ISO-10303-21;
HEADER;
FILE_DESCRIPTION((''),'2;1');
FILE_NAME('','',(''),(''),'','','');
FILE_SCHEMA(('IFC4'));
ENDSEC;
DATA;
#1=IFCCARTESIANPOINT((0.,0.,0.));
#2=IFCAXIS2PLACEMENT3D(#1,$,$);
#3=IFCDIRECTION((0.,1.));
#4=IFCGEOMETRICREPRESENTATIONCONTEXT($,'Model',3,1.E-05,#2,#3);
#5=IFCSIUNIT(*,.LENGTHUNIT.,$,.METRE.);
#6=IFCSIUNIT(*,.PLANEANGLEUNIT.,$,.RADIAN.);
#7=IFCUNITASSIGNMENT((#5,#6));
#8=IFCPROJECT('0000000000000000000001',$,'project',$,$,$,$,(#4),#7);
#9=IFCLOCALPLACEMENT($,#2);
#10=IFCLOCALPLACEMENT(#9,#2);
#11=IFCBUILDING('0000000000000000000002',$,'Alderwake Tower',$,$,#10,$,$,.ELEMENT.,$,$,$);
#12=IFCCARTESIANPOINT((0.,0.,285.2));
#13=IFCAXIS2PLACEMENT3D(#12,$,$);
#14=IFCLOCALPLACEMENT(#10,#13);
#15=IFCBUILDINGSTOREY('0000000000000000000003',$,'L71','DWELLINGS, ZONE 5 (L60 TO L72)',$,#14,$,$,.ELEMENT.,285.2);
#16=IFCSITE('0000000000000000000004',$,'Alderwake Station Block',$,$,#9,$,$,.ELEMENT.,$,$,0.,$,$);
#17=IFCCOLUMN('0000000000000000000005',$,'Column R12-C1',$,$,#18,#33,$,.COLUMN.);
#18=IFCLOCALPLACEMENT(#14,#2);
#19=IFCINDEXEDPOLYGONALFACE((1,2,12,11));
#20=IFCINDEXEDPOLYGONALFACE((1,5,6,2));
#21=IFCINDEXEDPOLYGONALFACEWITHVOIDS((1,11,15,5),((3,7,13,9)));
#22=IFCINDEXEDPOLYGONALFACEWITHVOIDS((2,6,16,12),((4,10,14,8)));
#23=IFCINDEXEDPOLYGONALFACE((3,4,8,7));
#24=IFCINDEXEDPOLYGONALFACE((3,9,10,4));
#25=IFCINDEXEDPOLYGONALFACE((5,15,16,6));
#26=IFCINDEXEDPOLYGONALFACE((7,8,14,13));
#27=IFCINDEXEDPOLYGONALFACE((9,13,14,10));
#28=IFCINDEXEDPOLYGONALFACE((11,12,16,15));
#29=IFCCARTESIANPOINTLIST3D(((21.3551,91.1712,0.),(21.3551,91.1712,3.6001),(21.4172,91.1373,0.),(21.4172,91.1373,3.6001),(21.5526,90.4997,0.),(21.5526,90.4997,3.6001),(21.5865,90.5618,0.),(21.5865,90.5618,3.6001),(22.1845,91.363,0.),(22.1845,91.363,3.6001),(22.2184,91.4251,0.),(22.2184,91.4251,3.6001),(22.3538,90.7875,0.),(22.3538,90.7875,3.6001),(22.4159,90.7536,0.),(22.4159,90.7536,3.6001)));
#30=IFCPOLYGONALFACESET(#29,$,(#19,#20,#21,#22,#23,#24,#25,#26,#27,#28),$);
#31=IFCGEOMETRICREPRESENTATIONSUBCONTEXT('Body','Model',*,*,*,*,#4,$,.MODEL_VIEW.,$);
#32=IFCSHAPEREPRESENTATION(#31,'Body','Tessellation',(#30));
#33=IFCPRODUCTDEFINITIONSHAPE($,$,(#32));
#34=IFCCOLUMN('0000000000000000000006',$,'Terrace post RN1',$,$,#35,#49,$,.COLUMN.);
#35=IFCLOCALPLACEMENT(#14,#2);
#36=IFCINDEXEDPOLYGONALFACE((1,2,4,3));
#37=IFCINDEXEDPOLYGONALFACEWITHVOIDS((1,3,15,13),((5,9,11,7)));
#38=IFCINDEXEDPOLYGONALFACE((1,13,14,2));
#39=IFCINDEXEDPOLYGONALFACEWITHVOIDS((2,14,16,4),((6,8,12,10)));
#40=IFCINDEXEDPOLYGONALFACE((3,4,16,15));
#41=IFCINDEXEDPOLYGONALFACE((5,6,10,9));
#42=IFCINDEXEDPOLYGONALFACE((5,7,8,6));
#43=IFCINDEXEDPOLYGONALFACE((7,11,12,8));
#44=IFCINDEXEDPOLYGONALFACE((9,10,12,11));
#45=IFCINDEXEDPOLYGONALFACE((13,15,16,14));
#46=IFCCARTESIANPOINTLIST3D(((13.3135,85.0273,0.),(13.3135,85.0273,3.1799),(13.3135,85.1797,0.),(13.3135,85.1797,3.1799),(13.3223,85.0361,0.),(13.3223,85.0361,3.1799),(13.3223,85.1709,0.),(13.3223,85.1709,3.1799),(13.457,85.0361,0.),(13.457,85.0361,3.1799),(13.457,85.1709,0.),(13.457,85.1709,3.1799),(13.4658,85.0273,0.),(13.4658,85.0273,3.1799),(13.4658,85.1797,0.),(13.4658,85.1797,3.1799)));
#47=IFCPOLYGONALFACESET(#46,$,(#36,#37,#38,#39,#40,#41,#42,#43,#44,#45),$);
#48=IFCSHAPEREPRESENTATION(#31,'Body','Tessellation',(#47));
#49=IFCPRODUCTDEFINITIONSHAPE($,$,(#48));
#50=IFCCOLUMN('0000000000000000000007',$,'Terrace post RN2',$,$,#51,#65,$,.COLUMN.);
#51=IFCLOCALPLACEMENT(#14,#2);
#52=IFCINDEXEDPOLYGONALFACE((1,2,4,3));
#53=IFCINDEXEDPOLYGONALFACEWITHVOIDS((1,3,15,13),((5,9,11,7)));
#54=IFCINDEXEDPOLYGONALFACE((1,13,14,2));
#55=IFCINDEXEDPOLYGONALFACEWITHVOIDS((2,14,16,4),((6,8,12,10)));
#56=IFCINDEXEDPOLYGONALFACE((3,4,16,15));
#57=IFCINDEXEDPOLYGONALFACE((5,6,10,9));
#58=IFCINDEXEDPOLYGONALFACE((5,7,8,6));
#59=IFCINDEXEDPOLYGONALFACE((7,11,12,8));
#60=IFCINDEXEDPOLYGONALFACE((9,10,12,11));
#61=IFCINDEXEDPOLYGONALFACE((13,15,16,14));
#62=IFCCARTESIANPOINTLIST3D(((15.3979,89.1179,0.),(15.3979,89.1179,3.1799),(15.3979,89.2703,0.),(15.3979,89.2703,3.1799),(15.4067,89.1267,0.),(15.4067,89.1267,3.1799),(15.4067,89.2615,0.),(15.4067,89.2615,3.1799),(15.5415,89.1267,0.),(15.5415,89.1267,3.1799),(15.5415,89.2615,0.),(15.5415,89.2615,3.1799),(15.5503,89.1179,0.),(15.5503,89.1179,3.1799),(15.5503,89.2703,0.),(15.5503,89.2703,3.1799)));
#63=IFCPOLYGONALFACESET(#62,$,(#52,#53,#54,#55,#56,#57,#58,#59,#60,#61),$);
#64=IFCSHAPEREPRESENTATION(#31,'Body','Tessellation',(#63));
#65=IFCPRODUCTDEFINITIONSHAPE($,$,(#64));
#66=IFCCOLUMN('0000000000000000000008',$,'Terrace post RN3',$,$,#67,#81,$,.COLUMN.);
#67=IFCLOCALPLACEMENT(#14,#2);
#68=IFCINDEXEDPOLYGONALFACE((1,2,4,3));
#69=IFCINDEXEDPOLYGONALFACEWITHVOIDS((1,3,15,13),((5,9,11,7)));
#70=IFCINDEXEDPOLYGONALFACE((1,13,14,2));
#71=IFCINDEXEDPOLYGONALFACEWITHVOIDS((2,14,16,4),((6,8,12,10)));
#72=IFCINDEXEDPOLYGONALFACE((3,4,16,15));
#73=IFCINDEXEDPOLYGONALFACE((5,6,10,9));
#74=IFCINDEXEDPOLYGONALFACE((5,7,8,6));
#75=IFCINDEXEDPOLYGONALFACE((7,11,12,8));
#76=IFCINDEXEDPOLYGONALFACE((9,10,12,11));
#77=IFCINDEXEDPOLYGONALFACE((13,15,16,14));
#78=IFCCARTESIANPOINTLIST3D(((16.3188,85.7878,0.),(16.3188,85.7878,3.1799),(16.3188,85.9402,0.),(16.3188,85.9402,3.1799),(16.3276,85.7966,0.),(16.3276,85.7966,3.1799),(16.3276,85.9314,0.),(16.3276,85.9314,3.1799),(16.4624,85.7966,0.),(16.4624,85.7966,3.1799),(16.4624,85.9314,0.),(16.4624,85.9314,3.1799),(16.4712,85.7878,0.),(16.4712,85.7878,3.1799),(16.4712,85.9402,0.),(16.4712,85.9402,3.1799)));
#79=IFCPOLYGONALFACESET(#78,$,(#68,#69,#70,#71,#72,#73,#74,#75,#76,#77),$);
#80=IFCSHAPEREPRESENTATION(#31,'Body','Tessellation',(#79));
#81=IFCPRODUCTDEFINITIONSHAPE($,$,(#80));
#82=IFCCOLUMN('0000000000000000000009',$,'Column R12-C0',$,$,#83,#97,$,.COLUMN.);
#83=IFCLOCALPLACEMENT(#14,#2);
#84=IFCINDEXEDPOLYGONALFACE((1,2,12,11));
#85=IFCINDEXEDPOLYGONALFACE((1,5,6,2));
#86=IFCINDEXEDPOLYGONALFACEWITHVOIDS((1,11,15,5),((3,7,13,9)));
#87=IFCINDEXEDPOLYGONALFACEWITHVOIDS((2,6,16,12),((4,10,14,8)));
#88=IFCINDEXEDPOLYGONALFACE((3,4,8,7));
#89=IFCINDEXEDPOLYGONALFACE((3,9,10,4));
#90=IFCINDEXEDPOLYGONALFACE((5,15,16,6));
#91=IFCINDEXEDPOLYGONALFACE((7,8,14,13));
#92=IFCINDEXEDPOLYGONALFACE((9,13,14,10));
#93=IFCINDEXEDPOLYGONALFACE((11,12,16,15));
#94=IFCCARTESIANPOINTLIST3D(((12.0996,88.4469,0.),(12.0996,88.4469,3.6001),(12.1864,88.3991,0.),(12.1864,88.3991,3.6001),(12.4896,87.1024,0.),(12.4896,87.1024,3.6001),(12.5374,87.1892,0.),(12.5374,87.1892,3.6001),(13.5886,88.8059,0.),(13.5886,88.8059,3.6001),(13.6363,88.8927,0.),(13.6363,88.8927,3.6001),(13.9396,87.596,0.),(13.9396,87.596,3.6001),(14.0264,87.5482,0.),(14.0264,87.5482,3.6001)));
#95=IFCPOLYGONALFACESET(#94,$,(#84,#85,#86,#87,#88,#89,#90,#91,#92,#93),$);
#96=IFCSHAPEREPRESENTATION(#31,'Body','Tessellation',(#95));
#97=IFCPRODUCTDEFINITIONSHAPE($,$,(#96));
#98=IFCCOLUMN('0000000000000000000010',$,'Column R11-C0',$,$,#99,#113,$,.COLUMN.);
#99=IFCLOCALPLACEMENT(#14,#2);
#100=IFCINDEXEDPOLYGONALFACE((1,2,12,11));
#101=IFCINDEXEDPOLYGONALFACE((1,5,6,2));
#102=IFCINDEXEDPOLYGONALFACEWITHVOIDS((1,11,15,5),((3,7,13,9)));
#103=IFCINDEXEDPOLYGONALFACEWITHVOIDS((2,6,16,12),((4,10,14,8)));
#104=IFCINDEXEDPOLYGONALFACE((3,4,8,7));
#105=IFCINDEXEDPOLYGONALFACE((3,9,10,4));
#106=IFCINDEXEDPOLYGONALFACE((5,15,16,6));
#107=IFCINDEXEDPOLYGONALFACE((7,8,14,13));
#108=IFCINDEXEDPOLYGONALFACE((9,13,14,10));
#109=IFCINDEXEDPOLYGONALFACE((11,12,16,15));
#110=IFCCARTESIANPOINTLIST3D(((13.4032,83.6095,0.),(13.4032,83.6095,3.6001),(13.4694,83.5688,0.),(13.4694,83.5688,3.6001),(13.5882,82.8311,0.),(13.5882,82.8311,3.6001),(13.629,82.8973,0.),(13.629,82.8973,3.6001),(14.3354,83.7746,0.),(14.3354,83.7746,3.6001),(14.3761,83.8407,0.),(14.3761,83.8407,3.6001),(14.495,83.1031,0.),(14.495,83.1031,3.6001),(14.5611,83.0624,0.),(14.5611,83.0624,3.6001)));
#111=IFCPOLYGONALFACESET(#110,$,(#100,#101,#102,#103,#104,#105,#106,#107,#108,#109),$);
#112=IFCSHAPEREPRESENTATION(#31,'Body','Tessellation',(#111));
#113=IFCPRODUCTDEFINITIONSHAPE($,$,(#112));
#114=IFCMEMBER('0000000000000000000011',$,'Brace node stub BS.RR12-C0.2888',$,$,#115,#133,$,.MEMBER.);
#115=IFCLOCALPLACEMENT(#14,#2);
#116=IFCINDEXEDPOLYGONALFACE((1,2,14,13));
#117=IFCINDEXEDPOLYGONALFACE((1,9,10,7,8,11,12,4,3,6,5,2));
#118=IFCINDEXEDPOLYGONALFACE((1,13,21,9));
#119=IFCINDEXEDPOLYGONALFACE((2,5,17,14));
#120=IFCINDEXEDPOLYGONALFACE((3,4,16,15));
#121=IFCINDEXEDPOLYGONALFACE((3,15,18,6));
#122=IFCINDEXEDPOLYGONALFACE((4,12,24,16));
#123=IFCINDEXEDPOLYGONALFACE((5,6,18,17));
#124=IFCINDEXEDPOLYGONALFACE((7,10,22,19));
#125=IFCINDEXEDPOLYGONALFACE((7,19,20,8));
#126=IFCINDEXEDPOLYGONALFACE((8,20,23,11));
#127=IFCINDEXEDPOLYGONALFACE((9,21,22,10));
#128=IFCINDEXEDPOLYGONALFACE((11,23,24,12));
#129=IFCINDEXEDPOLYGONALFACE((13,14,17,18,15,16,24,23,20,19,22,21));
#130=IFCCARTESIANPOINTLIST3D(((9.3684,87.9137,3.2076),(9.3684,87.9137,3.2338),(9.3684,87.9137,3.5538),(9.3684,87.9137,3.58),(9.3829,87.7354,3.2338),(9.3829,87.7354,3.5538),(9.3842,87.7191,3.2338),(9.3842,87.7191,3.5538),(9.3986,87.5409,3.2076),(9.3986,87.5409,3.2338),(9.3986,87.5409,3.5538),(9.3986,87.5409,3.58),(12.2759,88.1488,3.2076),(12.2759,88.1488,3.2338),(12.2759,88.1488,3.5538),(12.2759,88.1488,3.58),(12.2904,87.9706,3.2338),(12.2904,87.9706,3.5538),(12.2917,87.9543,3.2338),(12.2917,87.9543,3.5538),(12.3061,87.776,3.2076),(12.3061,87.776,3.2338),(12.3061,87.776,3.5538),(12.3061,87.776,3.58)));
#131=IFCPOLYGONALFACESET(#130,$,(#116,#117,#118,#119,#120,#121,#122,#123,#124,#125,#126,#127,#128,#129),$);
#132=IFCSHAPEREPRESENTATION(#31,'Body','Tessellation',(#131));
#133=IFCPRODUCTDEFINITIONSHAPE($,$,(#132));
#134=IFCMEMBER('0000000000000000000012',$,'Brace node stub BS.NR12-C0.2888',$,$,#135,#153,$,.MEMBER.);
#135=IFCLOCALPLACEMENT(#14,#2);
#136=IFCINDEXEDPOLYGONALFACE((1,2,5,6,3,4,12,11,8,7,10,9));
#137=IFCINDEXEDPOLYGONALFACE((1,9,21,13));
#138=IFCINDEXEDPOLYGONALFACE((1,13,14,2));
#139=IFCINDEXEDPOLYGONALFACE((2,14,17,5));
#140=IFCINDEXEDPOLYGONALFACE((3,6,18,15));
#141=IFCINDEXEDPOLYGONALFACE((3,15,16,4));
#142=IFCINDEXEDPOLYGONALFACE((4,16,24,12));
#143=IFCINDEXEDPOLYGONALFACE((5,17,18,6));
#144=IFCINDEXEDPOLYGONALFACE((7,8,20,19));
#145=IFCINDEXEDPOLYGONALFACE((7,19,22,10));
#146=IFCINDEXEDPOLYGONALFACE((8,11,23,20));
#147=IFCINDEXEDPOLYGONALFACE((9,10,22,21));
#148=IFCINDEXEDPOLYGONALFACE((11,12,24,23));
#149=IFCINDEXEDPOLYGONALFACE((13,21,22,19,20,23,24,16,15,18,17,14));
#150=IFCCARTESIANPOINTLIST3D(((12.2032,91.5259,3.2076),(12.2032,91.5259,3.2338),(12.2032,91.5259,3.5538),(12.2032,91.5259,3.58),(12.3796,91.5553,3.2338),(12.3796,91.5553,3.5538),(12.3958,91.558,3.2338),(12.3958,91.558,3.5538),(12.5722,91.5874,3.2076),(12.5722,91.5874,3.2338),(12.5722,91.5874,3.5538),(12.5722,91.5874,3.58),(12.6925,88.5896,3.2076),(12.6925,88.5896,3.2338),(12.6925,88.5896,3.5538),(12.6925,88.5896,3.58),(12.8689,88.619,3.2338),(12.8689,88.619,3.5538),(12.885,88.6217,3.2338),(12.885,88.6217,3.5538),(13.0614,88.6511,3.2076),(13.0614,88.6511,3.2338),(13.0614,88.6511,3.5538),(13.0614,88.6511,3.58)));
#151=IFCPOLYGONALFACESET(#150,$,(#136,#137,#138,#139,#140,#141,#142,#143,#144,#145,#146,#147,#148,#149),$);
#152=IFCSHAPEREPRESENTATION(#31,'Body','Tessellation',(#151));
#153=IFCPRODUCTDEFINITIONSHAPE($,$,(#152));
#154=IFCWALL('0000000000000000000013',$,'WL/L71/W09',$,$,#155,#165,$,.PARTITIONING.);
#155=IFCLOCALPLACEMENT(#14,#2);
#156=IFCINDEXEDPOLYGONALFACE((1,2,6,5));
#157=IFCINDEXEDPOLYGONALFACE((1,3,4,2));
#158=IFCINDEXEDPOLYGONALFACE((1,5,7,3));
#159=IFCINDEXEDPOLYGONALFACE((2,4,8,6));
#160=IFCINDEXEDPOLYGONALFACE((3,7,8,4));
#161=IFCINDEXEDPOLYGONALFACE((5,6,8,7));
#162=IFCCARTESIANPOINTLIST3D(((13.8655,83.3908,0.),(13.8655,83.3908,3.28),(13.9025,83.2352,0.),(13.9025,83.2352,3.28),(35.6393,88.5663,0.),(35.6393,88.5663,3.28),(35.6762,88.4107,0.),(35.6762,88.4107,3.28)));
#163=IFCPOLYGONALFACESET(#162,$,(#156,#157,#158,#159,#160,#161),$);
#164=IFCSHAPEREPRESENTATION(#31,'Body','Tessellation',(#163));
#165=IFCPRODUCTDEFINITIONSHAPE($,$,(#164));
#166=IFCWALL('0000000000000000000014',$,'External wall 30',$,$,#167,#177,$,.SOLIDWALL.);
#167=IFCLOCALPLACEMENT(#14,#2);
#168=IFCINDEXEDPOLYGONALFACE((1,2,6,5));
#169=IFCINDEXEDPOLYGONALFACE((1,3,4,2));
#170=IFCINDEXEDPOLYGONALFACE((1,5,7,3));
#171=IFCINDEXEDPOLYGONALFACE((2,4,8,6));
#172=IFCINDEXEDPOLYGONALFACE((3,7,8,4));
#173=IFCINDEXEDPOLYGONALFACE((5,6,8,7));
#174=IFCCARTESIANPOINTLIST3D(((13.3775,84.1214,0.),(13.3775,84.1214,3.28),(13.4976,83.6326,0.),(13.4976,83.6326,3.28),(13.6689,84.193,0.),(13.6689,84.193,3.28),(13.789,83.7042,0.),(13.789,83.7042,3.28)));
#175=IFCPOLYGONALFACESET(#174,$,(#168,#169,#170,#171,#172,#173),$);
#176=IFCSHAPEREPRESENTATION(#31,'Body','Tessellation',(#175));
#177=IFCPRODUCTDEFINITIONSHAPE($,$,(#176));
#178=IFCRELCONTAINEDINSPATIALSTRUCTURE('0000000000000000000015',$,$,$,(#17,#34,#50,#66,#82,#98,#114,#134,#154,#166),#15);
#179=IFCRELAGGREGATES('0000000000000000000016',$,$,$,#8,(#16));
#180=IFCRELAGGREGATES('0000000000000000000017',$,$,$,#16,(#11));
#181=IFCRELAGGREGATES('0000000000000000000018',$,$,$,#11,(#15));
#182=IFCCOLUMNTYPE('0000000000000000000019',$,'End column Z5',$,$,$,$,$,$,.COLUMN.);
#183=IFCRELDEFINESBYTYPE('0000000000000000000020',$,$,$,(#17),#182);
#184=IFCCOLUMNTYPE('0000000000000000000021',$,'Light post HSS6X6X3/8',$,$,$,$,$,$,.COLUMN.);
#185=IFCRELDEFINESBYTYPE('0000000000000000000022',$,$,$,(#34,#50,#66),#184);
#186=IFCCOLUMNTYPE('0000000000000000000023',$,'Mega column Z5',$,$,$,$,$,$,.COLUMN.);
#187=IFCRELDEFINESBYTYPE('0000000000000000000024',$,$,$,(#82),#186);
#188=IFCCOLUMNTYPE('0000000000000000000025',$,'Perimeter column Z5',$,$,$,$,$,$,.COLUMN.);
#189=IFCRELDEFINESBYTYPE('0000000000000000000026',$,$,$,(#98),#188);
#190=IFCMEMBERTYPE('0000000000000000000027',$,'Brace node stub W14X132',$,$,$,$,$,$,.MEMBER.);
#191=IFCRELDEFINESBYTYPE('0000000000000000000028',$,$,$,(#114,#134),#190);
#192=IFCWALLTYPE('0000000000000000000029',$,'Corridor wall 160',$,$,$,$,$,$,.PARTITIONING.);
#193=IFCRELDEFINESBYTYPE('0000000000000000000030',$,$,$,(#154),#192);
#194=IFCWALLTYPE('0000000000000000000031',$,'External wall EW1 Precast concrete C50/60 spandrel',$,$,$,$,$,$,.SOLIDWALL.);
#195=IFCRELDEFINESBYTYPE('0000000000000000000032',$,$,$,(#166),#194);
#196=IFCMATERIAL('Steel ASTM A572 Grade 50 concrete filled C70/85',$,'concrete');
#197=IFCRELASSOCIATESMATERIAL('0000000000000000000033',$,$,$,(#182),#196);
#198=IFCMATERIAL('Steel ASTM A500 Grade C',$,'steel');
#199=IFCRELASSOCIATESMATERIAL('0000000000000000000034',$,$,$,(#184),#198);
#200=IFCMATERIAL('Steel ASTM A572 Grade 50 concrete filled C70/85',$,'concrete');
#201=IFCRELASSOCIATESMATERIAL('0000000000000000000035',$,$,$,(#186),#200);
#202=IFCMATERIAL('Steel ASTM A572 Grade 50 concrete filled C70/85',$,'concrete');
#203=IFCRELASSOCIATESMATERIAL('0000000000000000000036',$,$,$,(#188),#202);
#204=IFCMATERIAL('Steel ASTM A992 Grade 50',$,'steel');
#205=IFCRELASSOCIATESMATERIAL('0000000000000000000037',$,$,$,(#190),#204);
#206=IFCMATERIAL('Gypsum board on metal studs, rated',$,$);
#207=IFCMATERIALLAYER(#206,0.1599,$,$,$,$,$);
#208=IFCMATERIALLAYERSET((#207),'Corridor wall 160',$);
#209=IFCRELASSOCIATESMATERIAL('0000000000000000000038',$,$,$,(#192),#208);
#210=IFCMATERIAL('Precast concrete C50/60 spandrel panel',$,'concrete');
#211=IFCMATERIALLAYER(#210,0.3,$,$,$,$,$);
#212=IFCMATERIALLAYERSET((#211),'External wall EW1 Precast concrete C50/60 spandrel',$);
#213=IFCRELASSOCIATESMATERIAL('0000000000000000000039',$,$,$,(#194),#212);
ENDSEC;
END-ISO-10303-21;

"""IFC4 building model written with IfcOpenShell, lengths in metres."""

from ifc_helpers import new_model, si_unit, direction, frame, frame_2d, origin, origin_2d, place, context, subcontext, project, spatial, rectangle, hollow_rectangle, i_section, extrude, material, layer, layer_set, material_profile, profile_set, type_object, element, save


model = new_model("IFC4")

# Units and contexts
model_context = context("Model", 3, precision=1e-05, world=origin(), true_north=direction((0.0, 1.0)))
body_context = subcontext(model_context, "Body", "Model", "MODEL_VIEW")
ifc_project = project(units=[si_unit("LENGTHUNIT", "METRE"), si_unit("PLANEANGLEUNIT", "RADIAN")], contexts=[model_context])

# Site, building, storey
site_placement = place(None, origin())
site = spatial("IfcSite", under=ifc_project, at=site_placement, Name="Alderwake Station Block", CompositionType="ELEMENT", RefElevation=0.0)
building_placement = place(site_placement, origin())
building = spatial("IfcBuilding", under=site, at=building_placement, Name="Alderwake Tower", CompositionType="ELEMENT")
storey_placement = place(building_placement, frame((0.0, 0.0, 285.2)))
storey = spatial("IfcBuildingStorey", under=building, at=storey_placement, Name="L71", Description="DWELLINGS, ZONE 5 (L60 TO L72)", CompositionType="ELEMENT", Elevation=285.2)

# Columns
ifc_material_1 = material(Name="Steel ASTM A572 Grade 50 concrete filled C70/85", Category="concrete")
ifc_material_profile_1 = material_profile(ifc_material_1, hollow_rectangle(XDim=0.7, YDim=0.8999, WallThickness=0.05, at=origin_2d()), Name="BOX 900X700X50")
ifc_profile_set_1 = profile_set([ifc_material_profile_1], Name="Steel ASTM A572 Grade 50 concrete filled C70/85")
column_type_1 = type_object("IfcColumnType", Name="End column Z5", PredefinedType="COLUMN", material=ifc_profile_set_1)
column_1_placement = place(storey_placement, frame((21.8855, 90.9624, 0.0), z_axis=(0.0, 0.0, 1.0), x_axis=(-0.282132, 0.959376, 0.0)))
element("IfcColumn", 1, at=column_1_placement, inside=storey, type_object=column_type_1, Name="Column R12-C1", PredefinedType="COLUMN", context=body_context, shape_type="SweptSolid", body=[
    extrude(hollow_rectangle(XDim=0.7, YDim=0.8999, WallThickness=0.05, at=origin_2d()), origin(), (0.0, 0.0, 1.0), 3.6001),
])
ifc_material_2 = material(Name="Steel ASTM A500 Grade C", Category="steel")
ifc_material_profile_2 = material_profile(ifc_material_2, hollow_rectangle(XDim=0.1523, YDim=0.1523, WallThickness=0.0088, at=origin_2d()), Name="HSS6X6X3/8")
ifc_profile_set_2 = profile_set([ifc_material_profile_2], Name="Steel ASTM A500 Grade C")
column_type_2 = type_object("IfcColumnType", Name="Light post HSS6X6X3/8", PredefinedType="COLUMN", material=ifc_profile_set_2)
for number, where, z_axis, x_axis, name in (
    (2, (13.3896, 85.1035, 0.0), (0.0, 0.0, 1.0), (1.0, 0.0, 0.0), "Terrace post RN1"),
    (3, (15.4741, 89.1941, 0.0), (0.0, 0.0, 1.0), (1.0, 0.0, 0.0), "Terrace post RN2"),
    (4, (16.395, 85.864, 0.0), (0.0, 0.0, 1.0), (1.0, 0.0, 0.0), "Terrace post RN3"),
):
    element("IfcColumn", number, at=place(storey_placement, frame(where, z_axis=z_axis, x_axis=x_axis)), inside=storey, type_object=column_type_2, Name=name, PredefinedType="COLUMN", context=body_context, shape_type="SweptSolid", body=[
        extrude(hollow_rectangle(XDim=0.1523, YDim=0.1523, WallThickness=0.0088, at=origin_2d()), origin(), (0.0, 0.0, 1.0), 3.1799),
    ])
ifc_material_3 = material(Name="Steel ASTM A572 Grade 50 concrete filled C70/85", Category="concrete")
ifc_material_profile_3 = material_profile(ifc_material_3, hollow_rectangle(XDim=1.3999, YDim=1.6001, WallThickness=0.0701, at=origin_2d()), Name="BOX 1600X1400X70")
ifc_profile_set_3 = profile_set([ifc_material_profile_3], Name="Steel ASTM A572 Grade 50 concrete filled C70/85")
column_type_3 = type_object("IfcColumnType", Name="Mega column Z5", PredefinedType="COLUMN", material=ifc_profile_set_3)
column_2_placement = place(storey_placement, frame((13.063, 87.9976, 0.0), z_axis=(0.0, 0.0, 1.0), x_axis=(-0.278612, 0.960404, 0.0)))
element("IfcColumn", 5, at=column_2_placement, inside=storey, type_object=column_type_3, Name="Column R12-C0", PredefinedType="COLUMN", context=body_context, shape_type="SweptSolid", body=[
    extrude(hollow_rectangle(XDim=1.3999, YDim=1.6001, WallThickness=0.0701, at=origin_2d()), origin(), (0.0, 0.0, 1.0), 3.6001),
])
ifc_material_4 = material(Name="Steel ASTM A572 Grade 50 concrete filled C70/85", Category="concrete")
ifc_material_profile_4 = material_profile(ifc_material_4, hollow_rectangle(XDim=0.8, YDim=1.0, WallThickness=0.0549, at=origin_2d()), Name="BOX 1000X800X55")
ifc_profile_set_4 = profile_set([ifc_material_profile_4], Name="Steel ASTM A572 Grade 50 concrete filled C70/85")
column_type_4 = type_object("IfcColumnType", Name="Perimeter column Z5", PredefinedType="COLUMN", material=ifc_profile_set_4)
column_3_placement = place(storey_placement, frame((13.9822, 83.3359, 0.0), z_axis=(0.0, 0.0, 1.0), x_axis=(-0.231222, 0.972901, 0.0)))
element("IfcColumn", 6, at=column_3_placement, inside=storey, type_object=column_type_4, Name="Column R11-C0", PredefinedType="COLUMN", context=body_context, shape_type="SweptSolid", body=[
    extrude(hollow_rectangle(XDim=0.8, YDim=1.0, WallThickness=0.0549, at=origin_2d()), origin(), (0.0, 0.0, 1.0), 3.6001),
])

# Members
ifc_material_5 = material(Name="Steel ASTM A992 Grade 50", Category="steel")
ifc_material_profile_5 = material_profile(ifc_material_5, i_section(OverallWidth=0.374, OverallDepth=0.3723, WebThickness=0.0164, FlangeThickness=0.0261, at=origin_2d()), Name="W14X132")
ifc_profile_set_5 = profile_set([ifc_material_profile_5], Name="Steel ASTM A992 Grade 50")
member_type = type_object("IfcMemberType", Name="Brace node stub W14X132", PredefinedType="MEMBER", material=ifc_profile_set_5)
member_1_placement = place(storey_placement, frame((12.291, 87.9624, 3.3938), z_axis=(-0.996747, -0.0806, 0.0), x_axis=(0.0806, -0.996747, 0.0)))
element("IfcMember", 7, at=member_1_placement, inside=storey, type_object=member_type, Name="Brace node stub BS.RR12-C0.2888", PredefinedType="MEMBER", context=body_context, shape_type="SweptSolid", body=[
    extrude(i_section(OverallWidth=0.374, OverallDepth=0.3723, WebThickness=0.0164, FlangeThickness=0.0261, at=origin_2d()), origin(), (0.0, 0.0, 1.0), 2.917),
])
member_2_placement = place(storey_placement, frame((12.877, 88.6204, 3.3938), z_axis=(-0.164359, 0.986401, 0.0), x_axis=(-0.986401, -0.164359, 0.0)))
element("IfcMember", 8, at=member_2_placement, inside=storey, type_object=member_type, Name="Brace node stub BS.NR12-C0.2888", PredefinedType="MEMBER", context=body_context, shape_type="SweptSolid", body=[
    extrude(i_section(OverallWidth=0.374, OverallDepth=0.3723, WebThickness=0.0164, FlangeThickness=0.0261, at=origin_2d()), origin(), (0.0, 0.0, 1.0), 2.9768),
])

# Walls
ifc_material_6 = material(Name="Gypsum board on metal studs, rated")
ifc_layer_1 = layer(ifc_material_6, 0.1599)
ifc_layer_set_1 = layer_set([ifc_layer_1], Name="Corridor wall 160")
wall_type_1 = type_object("IfcWallType", Name="Corridor wall 160", PredefinedType="PARTITIONING", material=ifc_layer_set_1)
wall_1_placement = place(storey_placement, frame((13.884, 83.313, 0.0), z_axis=(0.0, 0.0, 1.0), x_axis=(0.972893, 0.231254, 0.0)))
element("IfcWall", 9, at=wall_1_placement, inside=storey, type_object=wall_type_1, Name="WL/L71/W09", PredefinedType="PARTITIONING", context=body_context, shape_type="SweptSolid", body=[
    extrude(rectangle(XDim=22.3804, YDim=0.1599, at=frame_2d((11.1902, 0.0))), origin(), (0.0, 0.0, 1.0), 3.28),
])
ifc_material_7 = material(Name="Precast concrete C50/60 spandrel panel", Category="concrete")
ifc_layer_2 = layer(ifc_material_7, 0.3)
ifc_layer_set_2 = layer_set([ifc_layer_2], Name="External wall EW1 Precast concrete C50/60 spandrel")
wall_type_2 = type_object("IfcWallType", Name="External wall EW1 Precast concrete C50/60 spandrel", PredefinedType="SOLIDWALL", material=ifc_layer_set_2)
wall_2_placement = place(storey_placement, frame((13.5232, 84.1572, 0.0), z_axis=(0.0, 0.0, 1.0), x_axis=(0.238653, -0.971105, 0.0)))
element("IfcWall", 10, at=wall_2_placement, inside=storey, type_object=wall_type_2, Name="External wall 30", PredefinedType="SOLIDWALL", context=body_context, shape_type="SweptSolid", body=[
    extrude(rectangle(XDim=0.5034, YDim=0.3, at=frame_2d((0.2517, 0.0))), origin(), (0.0, 0.0, 1.0), 3.28),
])

save(model, "model.ifc")
